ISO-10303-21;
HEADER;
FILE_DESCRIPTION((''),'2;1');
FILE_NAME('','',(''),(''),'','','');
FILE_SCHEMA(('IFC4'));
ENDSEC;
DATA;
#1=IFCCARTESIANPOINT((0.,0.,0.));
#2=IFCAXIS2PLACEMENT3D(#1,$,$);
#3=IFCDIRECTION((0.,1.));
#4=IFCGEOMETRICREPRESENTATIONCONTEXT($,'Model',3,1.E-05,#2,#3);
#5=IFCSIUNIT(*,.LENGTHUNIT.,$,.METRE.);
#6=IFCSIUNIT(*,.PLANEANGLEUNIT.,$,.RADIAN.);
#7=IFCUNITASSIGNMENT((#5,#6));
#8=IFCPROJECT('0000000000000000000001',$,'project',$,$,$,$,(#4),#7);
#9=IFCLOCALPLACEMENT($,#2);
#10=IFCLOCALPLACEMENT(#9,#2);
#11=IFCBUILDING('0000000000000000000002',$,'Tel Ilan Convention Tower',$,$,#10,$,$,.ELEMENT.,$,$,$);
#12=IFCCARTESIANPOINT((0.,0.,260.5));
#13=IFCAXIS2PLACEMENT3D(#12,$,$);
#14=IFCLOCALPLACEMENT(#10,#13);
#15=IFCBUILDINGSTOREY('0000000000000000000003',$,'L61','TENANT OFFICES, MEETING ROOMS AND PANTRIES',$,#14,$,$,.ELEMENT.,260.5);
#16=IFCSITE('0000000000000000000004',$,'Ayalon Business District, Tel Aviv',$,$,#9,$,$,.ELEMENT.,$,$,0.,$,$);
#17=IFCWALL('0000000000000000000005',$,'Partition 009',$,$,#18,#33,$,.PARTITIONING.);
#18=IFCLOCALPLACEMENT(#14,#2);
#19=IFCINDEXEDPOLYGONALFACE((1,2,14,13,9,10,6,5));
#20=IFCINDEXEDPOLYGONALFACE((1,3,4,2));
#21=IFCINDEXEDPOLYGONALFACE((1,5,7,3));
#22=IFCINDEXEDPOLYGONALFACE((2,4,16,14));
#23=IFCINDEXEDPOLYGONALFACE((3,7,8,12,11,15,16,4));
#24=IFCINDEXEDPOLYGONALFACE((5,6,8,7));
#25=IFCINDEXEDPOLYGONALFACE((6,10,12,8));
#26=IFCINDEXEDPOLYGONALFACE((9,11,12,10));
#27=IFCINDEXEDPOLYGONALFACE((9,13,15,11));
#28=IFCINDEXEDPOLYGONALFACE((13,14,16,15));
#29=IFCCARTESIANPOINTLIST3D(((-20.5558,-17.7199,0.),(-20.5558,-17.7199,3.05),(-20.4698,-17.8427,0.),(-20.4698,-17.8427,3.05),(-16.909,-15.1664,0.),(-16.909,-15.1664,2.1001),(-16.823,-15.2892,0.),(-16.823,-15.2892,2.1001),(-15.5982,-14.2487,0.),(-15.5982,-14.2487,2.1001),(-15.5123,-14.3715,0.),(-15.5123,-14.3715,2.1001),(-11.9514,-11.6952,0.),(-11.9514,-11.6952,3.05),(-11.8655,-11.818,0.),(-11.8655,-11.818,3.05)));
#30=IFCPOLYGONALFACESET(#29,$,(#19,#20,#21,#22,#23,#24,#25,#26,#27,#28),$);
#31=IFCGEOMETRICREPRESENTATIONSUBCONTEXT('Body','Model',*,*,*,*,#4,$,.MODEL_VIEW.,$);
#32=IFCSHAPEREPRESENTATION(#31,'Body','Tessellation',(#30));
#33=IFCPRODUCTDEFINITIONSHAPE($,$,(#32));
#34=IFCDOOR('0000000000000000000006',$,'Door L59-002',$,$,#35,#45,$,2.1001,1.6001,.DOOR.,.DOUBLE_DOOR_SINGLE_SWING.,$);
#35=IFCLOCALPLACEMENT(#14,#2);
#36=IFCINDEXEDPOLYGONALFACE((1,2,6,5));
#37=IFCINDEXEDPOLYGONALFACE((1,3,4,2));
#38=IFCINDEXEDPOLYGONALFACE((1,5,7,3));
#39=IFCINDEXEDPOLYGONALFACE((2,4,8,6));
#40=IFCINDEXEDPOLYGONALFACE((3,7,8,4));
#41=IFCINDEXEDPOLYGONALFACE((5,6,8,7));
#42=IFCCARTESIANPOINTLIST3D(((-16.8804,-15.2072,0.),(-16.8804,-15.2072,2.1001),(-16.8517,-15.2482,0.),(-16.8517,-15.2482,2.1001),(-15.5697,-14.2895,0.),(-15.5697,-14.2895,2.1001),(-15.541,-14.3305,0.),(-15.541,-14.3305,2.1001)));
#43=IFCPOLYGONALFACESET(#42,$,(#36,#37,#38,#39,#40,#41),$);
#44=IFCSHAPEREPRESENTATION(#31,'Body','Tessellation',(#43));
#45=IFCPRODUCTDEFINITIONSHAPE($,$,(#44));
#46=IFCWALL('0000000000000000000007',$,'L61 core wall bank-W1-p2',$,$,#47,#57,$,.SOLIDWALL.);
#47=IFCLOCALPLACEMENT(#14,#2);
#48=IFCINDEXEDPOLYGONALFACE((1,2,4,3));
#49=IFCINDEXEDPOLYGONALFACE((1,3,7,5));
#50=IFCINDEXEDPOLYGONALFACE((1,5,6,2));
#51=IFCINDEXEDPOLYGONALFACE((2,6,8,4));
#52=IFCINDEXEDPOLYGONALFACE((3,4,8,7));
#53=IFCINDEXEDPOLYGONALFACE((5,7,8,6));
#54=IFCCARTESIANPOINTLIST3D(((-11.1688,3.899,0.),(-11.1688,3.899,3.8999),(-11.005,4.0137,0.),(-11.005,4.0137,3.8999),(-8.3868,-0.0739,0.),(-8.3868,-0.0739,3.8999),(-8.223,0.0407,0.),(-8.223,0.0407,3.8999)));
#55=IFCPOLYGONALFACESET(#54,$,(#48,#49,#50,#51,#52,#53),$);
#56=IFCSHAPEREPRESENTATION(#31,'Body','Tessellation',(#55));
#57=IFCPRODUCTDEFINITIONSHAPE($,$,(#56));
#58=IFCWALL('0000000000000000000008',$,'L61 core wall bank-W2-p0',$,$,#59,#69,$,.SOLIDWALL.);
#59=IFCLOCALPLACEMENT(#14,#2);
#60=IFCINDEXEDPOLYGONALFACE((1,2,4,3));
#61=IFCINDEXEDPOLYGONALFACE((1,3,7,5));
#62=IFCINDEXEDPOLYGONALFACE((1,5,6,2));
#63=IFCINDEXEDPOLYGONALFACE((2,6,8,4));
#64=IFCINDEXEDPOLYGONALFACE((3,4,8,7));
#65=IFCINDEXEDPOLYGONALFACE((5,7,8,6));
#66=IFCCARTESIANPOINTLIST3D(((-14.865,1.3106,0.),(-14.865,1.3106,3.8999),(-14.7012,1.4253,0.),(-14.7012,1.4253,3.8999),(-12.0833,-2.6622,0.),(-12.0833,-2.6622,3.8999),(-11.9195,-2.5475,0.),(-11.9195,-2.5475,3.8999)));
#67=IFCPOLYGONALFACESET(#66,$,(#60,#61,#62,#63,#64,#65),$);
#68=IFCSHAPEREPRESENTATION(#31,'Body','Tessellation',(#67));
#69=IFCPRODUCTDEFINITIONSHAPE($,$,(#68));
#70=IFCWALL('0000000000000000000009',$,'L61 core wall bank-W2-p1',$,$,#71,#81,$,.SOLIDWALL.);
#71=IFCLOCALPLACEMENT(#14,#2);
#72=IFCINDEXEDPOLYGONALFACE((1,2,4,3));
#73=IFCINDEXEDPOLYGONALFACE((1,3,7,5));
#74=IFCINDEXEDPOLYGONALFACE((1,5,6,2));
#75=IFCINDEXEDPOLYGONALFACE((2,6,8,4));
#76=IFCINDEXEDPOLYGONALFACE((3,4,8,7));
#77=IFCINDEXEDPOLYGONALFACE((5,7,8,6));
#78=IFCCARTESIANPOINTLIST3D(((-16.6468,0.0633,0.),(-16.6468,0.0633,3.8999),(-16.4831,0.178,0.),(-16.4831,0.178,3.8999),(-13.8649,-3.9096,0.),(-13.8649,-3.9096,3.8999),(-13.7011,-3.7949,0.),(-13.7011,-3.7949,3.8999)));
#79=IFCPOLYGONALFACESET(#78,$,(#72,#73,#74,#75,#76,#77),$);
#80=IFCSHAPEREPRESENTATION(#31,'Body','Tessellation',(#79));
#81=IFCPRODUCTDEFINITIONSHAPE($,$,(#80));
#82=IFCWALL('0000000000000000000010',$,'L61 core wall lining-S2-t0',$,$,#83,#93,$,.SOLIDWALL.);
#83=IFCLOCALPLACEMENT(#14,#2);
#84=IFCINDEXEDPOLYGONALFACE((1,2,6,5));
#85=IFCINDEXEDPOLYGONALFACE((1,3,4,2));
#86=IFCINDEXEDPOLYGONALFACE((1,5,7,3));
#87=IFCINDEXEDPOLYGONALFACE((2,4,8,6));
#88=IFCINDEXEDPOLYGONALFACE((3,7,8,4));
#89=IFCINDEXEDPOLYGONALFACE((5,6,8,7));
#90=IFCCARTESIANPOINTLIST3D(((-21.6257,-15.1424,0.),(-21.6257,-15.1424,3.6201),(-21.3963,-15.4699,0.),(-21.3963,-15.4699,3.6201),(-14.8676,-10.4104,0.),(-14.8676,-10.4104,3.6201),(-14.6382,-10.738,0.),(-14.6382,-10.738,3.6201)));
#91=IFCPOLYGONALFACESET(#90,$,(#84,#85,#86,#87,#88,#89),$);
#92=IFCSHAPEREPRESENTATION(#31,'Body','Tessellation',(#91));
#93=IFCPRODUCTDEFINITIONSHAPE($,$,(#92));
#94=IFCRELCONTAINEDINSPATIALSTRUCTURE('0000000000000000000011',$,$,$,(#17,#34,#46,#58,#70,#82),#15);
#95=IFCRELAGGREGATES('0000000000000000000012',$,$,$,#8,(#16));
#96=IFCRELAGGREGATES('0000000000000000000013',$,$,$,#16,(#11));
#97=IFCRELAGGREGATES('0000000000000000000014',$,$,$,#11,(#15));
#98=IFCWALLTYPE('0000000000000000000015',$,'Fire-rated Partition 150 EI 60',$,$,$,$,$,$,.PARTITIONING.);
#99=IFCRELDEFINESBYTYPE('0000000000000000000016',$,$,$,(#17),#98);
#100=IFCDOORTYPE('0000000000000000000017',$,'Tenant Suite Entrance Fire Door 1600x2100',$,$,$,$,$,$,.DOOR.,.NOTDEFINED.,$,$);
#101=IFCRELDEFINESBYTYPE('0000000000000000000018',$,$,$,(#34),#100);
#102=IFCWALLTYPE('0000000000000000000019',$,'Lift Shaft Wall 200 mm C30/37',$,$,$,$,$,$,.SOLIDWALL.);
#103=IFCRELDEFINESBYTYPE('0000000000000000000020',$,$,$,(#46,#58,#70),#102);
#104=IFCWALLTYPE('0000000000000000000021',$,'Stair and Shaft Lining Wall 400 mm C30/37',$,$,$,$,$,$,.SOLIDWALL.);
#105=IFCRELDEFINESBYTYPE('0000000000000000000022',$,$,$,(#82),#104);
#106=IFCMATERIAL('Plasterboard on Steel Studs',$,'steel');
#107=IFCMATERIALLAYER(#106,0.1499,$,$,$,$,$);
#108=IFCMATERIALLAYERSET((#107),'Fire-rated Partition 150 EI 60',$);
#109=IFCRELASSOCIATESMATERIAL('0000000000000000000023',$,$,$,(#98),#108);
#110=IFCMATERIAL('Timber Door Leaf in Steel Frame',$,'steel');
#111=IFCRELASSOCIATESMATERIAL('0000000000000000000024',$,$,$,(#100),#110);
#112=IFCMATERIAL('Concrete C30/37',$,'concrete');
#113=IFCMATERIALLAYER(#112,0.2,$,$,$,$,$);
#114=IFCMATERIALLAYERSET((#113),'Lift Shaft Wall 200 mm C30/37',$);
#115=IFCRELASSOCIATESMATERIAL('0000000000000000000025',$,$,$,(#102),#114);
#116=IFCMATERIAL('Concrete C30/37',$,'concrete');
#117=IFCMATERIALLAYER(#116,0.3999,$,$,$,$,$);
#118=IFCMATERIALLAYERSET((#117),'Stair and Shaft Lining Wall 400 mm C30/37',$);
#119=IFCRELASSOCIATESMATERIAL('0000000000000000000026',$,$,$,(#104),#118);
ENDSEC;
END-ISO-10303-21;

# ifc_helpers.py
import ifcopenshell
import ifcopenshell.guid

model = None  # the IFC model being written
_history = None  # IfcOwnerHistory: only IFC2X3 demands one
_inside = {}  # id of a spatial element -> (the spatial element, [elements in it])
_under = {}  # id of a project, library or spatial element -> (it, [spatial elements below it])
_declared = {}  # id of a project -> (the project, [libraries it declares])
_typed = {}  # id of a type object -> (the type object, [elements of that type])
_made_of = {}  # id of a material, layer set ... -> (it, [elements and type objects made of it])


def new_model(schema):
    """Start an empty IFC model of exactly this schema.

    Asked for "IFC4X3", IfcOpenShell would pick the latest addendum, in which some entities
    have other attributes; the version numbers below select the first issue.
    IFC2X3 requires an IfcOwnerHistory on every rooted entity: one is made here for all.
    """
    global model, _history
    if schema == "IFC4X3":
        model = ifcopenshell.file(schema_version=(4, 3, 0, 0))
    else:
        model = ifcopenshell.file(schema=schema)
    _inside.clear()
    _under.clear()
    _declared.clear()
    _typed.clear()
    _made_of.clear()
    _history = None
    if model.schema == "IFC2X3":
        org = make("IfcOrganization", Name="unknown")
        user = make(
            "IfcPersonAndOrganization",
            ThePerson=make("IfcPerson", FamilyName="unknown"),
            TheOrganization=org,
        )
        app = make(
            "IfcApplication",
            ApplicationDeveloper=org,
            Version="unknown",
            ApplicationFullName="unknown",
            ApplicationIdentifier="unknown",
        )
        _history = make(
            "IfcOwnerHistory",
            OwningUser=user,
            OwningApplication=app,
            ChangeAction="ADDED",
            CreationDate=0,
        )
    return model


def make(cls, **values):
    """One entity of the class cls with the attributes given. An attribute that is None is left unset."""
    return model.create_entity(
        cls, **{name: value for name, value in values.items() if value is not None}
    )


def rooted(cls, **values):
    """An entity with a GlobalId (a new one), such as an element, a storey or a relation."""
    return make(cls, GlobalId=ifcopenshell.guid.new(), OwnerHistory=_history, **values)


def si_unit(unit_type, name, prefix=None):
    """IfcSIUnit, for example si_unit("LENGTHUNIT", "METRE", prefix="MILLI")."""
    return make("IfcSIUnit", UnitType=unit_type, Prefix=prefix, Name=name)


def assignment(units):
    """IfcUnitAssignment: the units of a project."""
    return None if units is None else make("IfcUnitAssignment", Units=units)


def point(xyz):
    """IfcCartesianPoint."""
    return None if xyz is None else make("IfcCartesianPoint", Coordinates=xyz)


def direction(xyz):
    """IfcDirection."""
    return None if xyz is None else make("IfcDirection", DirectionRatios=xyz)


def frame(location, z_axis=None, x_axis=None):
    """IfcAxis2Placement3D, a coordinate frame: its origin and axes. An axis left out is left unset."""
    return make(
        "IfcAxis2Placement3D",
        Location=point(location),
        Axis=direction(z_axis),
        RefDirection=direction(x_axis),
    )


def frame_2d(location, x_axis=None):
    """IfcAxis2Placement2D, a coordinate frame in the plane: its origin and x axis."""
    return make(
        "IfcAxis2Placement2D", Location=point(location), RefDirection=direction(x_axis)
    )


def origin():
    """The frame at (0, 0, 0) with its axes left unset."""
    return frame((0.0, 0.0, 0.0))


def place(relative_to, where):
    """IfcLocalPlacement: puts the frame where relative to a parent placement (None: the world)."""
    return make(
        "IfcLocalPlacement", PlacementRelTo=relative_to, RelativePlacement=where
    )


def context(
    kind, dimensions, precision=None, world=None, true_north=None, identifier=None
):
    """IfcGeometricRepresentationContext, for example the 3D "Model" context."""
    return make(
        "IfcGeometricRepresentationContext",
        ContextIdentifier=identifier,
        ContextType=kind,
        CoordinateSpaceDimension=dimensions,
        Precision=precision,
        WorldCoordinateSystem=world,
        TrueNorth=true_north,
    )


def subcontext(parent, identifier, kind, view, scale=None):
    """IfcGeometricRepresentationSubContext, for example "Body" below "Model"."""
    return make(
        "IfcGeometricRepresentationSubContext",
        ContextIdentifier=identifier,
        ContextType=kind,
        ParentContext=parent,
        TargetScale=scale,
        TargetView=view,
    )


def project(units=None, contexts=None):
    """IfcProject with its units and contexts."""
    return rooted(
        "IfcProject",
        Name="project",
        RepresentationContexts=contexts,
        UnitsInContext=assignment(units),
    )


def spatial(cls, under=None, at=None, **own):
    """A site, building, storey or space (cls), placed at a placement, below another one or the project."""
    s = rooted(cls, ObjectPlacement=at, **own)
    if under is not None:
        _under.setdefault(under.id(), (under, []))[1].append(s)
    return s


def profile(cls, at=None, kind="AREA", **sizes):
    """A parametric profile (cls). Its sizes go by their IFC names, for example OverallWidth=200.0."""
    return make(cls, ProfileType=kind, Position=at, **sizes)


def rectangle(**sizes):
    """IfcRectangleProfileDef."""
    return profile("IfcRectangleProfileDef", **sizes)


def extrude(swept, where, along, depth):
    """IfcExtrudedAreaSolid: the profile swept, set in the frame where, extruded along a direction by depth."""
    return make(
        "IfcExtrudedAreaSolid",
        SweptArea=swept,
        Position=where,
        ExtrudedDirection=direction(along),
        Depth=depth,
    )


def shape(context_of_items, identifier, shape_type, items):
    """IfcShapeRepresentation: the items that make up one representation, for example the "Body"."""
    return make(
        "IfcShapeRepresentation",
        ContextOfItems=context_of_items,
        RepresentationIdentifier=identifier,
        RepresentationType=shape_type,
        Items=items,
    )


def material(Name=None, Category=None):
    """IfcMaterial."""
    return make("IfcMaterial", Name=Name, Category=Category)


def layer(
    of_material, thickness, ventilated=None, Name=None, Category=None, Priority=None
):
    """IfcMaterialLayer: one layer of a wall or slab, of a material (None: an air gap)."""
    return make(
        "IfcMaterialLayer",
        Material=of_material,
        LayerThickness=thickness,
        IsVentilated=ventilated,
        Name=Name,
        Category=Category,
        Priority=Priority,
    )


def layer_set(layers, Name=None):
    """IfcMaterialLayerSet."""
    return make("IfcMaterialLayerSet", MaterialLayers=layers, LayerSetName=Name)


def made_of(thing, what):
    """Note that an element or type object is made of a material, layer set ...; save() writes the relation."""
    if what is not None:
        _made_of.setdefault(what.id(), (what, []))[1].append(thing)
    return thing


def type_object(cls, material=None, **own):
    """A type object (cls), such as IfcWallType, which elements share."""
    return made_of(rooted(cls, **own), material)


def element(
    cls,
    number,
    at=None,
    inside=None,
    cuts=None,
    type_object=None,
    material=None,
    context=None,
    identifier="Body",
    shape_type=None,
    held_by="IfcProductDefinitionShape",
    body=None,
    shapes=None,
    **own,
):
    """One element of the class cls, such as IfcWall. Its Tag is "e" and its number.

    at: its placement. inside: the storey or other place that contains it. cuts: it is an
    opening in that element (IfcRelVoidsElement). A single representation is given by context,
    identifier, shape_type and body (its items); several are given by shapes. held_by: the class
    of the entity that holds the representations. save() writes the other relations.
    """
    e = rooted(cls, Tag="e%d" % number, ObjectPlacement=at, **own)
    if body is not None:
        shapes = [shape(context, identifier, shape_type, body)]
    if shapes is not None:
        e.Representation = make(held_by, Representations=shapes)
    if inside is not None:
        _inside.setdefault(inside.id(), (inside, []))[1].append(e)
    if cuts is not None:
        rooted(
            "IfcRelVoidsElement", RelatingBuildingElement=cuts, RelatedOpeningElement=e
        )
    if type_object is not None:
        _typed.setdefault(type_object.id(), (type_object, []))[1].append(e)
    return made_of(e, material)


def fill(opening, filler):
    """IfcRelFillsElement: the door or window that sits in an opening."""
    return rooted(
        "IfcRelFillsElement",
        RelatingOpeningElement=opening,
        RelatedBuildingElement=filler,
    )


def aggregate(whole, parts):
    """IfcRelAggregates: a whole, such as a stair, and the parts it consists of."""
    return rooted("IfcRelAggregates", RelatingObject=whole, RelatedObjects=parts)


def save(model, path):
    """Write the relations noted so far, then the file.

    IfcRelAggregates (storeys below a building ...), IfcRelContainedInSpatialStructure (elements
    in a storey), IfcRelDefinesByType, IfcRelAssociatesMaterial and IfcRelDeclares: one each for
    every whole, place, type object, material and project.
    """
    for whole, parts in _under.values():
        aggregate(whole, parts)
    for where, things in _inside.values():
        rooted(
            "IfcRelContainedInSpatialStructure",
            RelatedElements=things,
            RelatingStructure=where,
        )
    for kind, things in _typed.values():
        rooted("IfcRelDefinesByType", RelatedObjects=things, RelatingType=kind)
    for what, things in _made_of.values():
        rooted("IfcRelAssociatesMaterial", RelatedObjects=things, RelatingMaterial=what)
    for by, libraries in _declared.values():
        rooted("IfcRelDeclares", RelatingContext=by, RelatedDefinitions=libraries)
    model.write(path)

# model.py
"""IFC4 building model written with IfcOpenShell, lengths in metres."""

from ifc_helpers import new_model, si_unit, direction, frame, frame_2d, origin, place, context, subcontext, project, spatial, rectangle, extrude, material, layer, layer_set, type_object, element, fill, save


model = new_model("IFC4")

# Units and contexts
model_context = context("Model", 3, precision=1e-05, world=origin(), true_north=direction((0.0, 1.0)))
body_context = subcontext(model_context, "Body", "Model", "MODEL_VIEW")
ifc_project = project(units=[si_unit("LENGTHUNIT", "METRE"), si_unit("PLANEANGLEUNIT", "RADIAN")], contexts=[model_context])

# Site, building, storey
site_placement = place(None, origin())
site = spatial("IfcSite", under=ifc_project, at=site_placement, Name="Ayalon Business District, Tel Aviv", CompositionType="ELEMENT", RefElevation=0.0)
building_placement = place(site_placement, origin())
building = spatial("IfcBuilding", under=site, at=building_placement, Name="Tel Ilan Convention Tower", CompositionType="ELEMENT")
storey_placement = place(building_placement, frame((0.0, 0.0, 260.5)))
storey = spatial("IfcBuildingStorey", under=building, at=storey_placement, Name="L61", Description="TENANT OFFICES, MEETING ROOMS AND PANTRIES", CompositionType="ELEMENT", Elevation=260.5)

# Wall, opening, door
ifc_material_1 = material(Name="Plasterboard on Steel Studs", Category="steel")
ifc_layer_1 = layer(ifc_material_1, 0.1499)
ifc_layer_set_1 = layer_set([ifc_layer_1], Name="Fire-rated Partition 150 EI 60")
wall_type_1 = type_object("IfcWallType", Name="Fire-rated Partition 150 EI 60", PredefinedType="PARTITIONING", material=ifc_layer_set_1)
ifc_material_2 = material(Name="Timber Door Leaf in Steel Frame", Category="steel")
door_type_1 = type_object("IfcDoorType", Name="Tenant Suite Entrance Fire Door 1600x2100", OperationType="NOTDEFINED", PredefinedType="DOOR", material=ifc_material_2)
wall_1_placement = place(storey_placement, frame((-11.9084, -11.7566, 0.0), z_axis=(0.0, 0.0, 1.0), x_axis=(-0.819157, -0.57357, 0.0)))
wall_1 = element("IfcWall", 1, at=wall_1_placement, inside=storey, type_object=wall_type_1, Name="Partition 009", PredefinedType="PARTITIONING", context=body_context, shape_type="SweptSolid", body=[
    extrude(rectangle(XDim=10.5039, YDim=0.1499, at=frame_2d((5.252, 0.0))), origin(), (0.0, 0.0, 1.0), 3.05),
])
opening_1_placement = place(wall_1_placement, frame((4.4519, 0.0, 0.0)))
opening_1 = element("IfcOpeningElement", 2, at=opening_1_placement, cuts=wall_1, PredefinedType="OPENING", context=body_context, shape_type="SweptSolid", body=[
    extrude(rectangle(XDim=1.6001, YDim=2.1001, at=frame_2d((0.8, 1.05))), frame((0.0, 0.085, 0.0), z_axis=(0.0, -1.0, 0.0), x_axis=(1.0, 0.0, 0.0)), (0.0, 0.0, 1.0), 0.1699),
])
door_1_placement = place(opening_1_placement, origin())
door_1 = element("IfcDoor", 3, at=door_1_placement, inside=storey, type_object=door_type_1, Name="Door L59-002", OperationType="DOUBLE_DOOR_SINGLE_SWING", OverallHeight=2.1001, OverallWidth=1.6001, PredefinedType="DOOR", context=body_context, shape_type="SweptSolid", body=[
    extrude(rectangle(XDim=1.6001, YDim=2.1001, at=frame_2d((0.8, 1.05))), frame((0.0, 0.0249, 0.0), z_axis=(0.0, -1.0, 0.0), x_axis=(1.0, 0.0, 0.0)), (0.0, 0.0, 1.0), 0.05),
])
fill(opening_1, door_1)

# Walls
ifc_material_3 = material(Name="Concrete C30/37", Category="concrete")
ifc_layer_2 = layer(ifc_material_3, 0.2)
ifc_layer_set_2 = layer_set([ifc_layer_2], Name="Lift Shaft Wall 200 mm C30/37")
wall_type_2 = type_object("IfcWallType", Name="Lift Shaft Wall 200 mm C30/37", PredefinedType="SOLIDWALL", material=ifc_layer_set_2)
wall_2_placement = place(storey_placement, frame((-8.3049, -0.0166, 0.0), z_axis=(0.0, 0.0, 1.0), x_axis=(-0.573594, 0.81914, 0.0)))
element("IfcWall", 4, at=wall_2_placement, inside=storey, type_object=wall_type_2, Name="L61 core wall bank-W1-p2", PredefinedType="SOLIDWALL", context=body_context, shape_type="SweptSolid", body=[
    extrude(rectangle(XDim=4.8501, YDim=0.2, at=frame_2d((2.425, 0.0))), origin(), (0.0, 0.0, 1.0), 3.8999),
])
wall_3_placement = place(storey_placement, frame((-12.0015, -2.6047, 0.0), z_axis=(0.0, 0.0, 1.0), x_axis=(-0.57356, 0.819163, 0.0)))
element("IfcWall", 5, at=wall_3_placement, inside=storey, type_object=wall_type_2, Name="L61 core wall bank-W2-p0", PredefinedType="SOLIDWALL", context=body_context, shape_type="SweptSolid", body=[
    extrude(rectangle(XDim=4.8499, YDim=0.2, at=frame_2d((2.4248, 0.0))), origin(), (0.0, 0.0, 1.0), 3.8999),
])
wall_4_placement = place(storey_placement, frame((-13.783, -3.8523, 0.0), z_axis=(0.0, 0.0, 1.0), x_axis=(-0.573594, 0.81914, 0.0)))
element("IfcWall", 6, at=wall_4_placement, inside=storey, type_object=wall_type_2, Name="L61 core wall bank-W2-p1", PredefinedType="SOLIDWALL", context=body_context, shape_type="SweptSolid", body=[
    extrude(rectangle(XDim=4.8501, YDim=0.2, at=frame_2d((2.425, 0.0))), origin(), (0.0, 0.0, 1.0), 3.8999),
])
ifc_material_4 = material(Name="Concrete C30/37", Category="concrete")
ifc_layer_3 = layer(ifc_material_4, 0.3999)
ifc_layer_set_3 = layer_set([ifc_layer_3], Name="Stair and Shaft Lining Wall 400 mm C30/37")
wall_type_3 = type_object("IfcWallType", Name="Stair and Shaft Lining Wall 400 mm C30/37", PredefinedType="SOLIDWALL", material=ifc_layer_set_3)
wall_5_placement = place(storey_placement, frame((-14.7529, -10.5742, 0.0), z_axis=(0.0, 0.0, 1.0), x_axis=(-0.819158, -0.573568, 0.0)))
element("IfcWall", 7, at=wall_5_placement, inside=storey, type_object=wall_type_3, Name="L61 core wall lining-S2-t0", PredefinedType="SOLIDWALL", context=body_context, shape_type="SweptSolid", body=[
    extrude(rectangle(XDim=8.25, YDim=0.3999, at=frame_2d((4.125, 0.0))), origin(), (0.0, 0.0, 1.0), 3.6201),
])

save(model, "model.ifc")
